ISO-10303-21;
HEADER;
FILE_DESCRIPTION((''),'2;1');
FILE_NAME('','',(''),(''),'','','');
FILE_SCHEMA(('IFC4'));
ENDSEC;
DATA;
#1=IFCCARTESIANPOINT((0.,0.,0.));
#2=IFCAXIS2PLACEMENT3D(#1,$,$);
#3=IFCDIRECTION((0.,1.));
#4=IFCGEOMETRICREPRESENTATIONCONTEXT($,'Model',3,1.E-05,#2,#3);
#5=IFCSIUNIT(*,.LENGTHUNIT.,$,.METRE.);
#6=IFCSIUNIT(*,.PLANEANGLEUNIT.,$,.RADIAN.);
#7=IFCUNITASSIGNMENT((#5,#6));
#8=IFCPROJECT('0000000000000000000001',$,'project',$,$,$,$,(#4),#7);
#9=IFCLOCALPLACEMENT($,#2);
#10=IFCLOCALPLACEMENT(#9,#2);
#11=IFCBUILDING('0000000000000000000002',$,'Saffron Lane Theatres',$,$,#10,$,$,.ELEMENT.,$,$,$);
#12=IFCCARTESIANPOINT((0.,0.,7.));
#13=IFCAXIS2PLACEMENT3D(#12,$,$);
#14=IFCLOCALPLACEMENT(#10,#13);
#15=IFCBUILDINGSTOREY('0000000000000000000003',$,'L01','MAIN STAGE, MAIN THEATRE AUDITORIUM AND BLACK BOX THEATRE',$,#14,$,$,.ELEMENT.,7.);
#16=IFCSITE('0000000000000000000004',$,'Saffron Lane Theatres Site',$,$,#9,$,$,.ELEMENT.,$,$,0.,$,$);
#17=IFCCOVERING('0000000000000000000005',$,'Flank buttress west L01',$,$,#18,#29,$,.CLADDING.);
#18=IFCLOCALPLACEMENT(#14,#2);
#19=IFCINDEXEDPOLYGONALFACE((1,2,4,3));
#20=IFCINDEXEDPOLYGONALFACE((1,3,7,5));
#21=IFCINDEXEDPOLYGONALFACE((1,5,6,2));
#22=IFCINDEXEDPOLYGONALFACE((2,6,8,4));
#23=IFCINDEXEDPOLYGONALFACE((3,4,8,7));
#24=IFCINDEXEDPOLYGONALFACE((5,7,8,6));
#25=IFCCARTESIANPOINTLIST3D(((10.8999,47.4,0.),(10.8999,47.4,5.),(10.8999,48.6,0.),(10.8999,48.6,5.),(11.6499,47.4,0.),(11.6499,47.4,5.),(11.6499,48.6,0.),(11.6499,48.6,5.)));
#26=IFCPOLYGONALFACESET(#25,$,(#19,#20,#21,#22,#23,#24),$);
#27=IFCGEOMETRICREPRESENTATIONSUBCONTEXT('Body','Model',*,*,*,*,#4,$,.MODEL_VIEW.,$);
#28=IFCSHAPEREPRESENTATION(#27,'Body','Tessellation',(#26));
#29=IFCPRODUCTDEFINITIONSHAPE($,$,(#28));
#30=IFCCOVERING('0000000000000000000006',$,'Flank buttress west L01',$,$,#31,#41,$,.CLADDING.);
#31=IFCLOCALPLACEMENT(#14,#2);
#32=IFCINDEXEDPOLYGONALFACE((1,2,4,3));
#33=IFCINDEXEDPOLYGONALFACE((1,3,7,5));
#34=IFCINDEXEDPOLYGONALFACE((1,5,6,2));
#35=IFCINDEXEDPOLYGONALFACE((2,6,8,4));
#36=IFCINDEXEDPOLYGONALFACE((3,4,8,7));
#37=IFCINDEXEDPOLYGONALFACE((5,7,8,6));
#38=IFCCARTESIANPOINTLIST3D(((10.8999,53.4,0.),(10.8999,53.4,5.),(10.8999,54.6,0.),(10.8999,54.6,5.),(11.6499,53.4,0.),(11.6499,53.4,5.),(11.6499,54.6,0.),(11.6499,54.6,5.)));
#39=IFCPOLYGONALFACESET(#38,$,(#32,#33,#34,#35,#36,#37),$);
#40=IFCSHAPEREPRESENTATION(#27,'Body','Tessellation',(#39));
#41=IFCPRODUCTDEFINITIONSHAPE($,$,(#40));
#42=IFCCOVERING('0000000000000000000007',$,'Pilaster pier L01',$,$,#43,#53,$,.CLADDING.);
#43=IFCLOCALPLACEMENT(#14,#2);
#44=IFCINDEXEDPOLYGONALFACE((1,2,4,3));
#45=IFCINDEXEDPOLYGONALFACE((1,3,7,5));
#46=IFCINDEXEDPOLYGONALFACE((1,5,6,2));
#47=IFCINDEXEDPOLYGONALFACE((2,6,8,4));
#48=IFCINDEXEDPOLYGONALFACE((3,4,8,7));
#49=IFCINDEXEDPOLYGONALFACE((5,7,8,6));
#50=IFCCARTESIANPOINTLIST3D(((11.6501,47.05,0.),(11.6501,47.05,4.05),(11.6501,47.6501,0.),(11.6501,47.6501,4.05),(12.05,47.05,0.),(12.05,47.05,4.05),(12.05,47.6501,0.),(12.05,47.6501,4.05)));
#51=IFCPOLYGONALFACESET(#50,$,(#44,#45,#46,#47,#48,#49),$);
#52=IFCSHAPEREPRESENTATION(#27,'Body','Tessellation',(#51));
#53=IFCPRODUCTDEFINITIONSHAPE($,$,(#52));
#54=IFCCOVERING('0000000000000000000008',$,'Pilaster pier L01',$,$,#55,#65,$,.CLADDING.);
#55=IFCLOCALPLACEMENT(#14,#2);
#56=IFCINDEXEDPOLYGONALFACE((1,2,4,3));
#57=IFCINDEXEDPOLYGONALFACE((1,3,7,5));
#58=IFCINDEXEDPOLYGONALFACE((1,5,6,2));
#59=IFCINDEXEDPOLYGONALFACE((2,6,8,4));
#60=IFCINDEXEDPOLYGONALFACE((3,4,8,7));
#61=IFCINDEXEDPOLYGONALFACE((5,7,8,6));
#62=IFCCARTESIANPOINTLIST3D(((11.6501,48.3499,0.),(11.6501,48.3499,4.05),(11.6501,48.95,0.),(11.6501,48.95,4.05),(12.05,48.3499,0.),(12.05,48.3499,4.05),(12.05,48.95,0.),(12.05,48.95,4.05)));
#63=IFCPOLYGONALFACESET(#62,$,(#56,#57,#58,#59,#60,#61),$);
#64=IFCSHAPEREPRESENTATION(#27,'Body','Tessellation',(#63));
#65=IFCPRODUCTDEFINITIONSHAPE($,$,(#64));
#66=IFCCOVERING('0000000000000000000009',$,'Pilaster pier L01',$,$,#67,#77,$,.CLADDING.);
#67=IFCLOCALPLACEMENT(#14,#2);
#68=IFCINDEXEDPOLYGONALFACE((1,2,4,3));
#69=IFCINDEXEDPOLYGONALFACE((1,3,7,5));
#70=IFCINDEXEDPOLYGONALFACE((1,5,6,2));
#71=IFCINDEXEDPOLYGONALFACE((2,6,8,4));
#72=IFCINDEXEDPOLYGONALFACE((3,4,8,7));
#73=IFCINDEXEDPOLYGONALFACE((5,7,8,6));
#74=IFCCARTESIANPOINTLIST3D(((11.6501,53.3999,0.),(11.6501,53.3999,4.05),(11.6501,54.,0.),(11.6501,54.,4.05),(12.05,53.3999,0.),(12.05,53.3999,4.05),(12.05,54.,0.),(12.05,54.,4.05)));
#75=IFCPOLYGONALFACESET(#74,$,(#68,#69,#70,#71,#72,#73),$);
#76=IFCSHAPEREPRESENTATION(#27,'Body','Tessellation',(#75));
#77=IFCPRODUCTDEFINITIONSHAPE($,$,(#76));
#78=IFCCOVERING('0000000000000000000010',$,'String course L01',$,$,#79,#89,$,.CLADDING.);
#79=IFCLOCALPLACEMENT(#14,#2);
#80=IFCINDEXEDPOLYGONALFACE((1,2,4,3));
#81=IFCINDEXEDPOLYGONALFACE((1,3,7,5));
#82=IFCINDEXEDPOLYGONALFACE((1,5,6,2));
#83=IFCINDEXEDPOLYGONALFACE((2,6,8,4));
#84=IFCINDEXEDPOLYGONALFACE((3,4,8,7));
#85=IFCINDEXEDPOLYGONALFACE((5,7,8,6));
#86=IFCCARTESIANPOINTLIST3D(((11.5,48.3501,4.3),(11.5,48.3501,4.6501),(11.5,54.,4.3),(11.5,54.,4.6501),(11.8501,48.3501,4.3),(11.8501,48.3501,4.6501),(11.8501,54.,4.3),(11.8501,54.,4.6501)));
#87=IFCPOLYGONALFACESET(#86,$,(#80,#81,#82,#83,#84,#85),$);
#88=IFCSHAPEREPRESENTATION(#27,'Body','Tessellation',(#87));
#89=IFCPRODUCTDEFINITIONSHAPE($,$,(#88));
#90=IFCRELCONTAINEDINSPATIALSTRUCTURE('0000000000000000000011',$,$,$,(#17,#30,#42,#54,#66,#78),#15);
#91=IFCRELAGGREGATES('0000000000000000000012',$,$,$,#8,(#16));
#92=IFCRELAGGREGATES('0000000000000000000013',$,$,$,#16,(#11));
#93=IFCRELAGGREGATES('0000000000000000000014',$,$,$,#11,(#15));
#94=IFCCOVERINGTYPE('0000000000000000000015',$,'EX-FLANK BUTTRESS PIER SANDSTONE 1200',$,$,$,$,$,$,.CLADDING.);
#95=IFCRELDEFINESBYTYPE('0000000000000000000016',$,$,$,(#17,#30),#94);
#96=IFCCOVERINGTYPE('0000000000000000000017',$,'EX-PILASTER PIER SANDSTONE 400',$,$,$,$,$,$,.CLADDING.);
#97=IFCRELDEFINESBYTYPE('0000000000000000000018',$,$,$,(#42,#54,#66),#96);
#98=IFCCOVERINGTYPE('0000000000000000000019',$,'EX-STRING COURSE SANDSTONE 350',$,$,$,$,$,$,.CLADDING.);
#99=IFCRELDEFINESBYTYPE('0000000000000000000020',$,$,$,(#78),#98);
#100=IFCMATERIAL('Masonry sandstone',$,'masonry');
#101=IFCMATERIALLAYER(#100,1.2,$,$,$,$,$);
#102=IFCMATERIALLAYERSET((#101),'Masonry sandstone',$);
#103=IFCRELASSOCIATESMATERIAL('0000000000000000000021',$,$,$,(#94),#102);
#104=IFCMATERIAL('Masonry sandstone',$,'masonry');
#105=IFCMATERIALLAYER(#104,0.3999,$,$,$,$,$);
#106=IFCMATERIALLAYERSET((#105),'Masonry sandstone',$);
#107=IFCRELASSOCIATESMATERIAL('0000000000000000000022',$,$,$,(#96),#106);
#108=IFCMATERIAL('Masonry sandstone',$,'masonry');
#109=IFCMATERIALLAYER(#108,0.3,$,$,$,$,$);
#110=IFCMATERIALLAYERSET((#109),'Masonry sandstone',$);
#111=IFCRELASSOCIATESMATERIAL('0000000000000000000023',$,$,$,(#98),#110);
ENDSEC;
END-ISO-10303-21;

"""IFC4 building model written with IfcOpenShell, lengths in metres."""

from ifc_helpers import new_model, si_unit, direction, frame, origin, origin_2d, place, context, subcontext, project, spatial, rectangle, extrude, material, layer, layer_set, type_object, element, save


model = new_model("IFC4")

# Units and contexts
model_context = context("Model", 3, precision=1e-05, world=origin(), true_north=direction((0.0, 1.0)))
body_context = subcontext(model_context, "Body", "Model", "MODEL_VIEW")
ifc_project = project(units=[si_unit("LENGTHUNIT", "METRE"), si_unit("PLANEANGLEUNIT", "RADIAN")], contexts=[model_context])

# Site, building, storey
site_placement = place(None, origin())
site = spatial("IfcSite", under=ifc_project, at=site_placement, Name="Saffron Lane Theatres Site", CompositionType="ELEMENT", RefElevation=0.0)
building_placement = place(site_placement, origin())
building = spatial("IfcBuilding", under=site, at=building_placement, Name="Saffron Lane Theatres", CompositionType="ELEMENT")
storey_placement = place(building_placement, frame((0.0, 0.0, 7.0)))
storey = spatial("IfcBuildingStorey", under=building, at=storey_placement, Name="L01", Description="MAIN STAGE, MAIN THEATRE AUDITORIUM AND BLACK BOX THEATRE", CompositionType="ELEMENT", Elevation=7.0)

# Coverings
ifc_material_1 = material(Name="Masonry sandstone", Category="masonry")
ifc_layer_1 = layer(ifc_material_1, 1.2)
ifc_layer_set_1 = layer_set([ifc_layer_1], Name="Masonry sandstone")
covering_type_1 = type_object("IfcCoveringType", Name="EX-FLANK BUTTRESS PIER SANDSTONE 1200", PredefinedType="CLADDING", material=ifc_layer_set_1)
for number, where, z_axis, x_axis, name in (
    (1, (11.2749, 48.0, 0.0), (0.0, 0.0, 1.0), (0.0, 1.0, 0.0), "Flank buttress west L01"),
    (2, (11.2749, 54.0, 0.0), (0.0, 0.0, 1.0), (0.0, 1.0, 0.0), "Flank buttress west L01"),
):
    element("IfcCovering", number, at=place(storey_placement, frame(where, z_axis=z_axis, x_axis=x_axis)), inside=storey, type_object=covering_type_1, Name=name, PredefinedType="CLADDING", context=body_context, shape_type="SweptSolid", body=[
        extrude(rectangle(XDim=1.2, YDim=0.75, at=origin_2d()), origin(), (0.0, 0.0, 1.0), 5.0),
    ])
ifc_material_2 = material(Name="Masonry sandstone", Category="masonry")
ifc_layer_2 = layer(ifc_material_2, 0.3999)
ifc_layer_set_2 = layer_set([ifc_layer_2], Name="Masonry sandstone")
covering_type_2 = type_object("IfcCoveringType", Name="EX-PILASTER PIER SANDSTONE 400", PredefinedType="CLADDING", material=ifc_layer_set_2)
for number, where, z_axis, x_axis, name in (
    (3, (11.8501, 47.3501, 0.0), (0.0, 0.0, 1.0), (0.0, 1.0, 0.0), "Pilaster pier L01"),
    (4, (11.8501, 48.6499, 0.0), (0.0, 0.0, 1.0), (0.0, 1.0, 0.0), "Pilaster pier L01"),
    (5, (11.8501, 53.7, 0.0), (0.0, 0.0, 1.0), (0.0, 1.0, 0.0), "Pilaster pier L01"),
):
    element("IfcCovering", number, at=place(storey_placement, frame(where, z_axis=z_axis, x_axis=x_axis)), inside=storey, type_object=covering_type_2, Name=name, PredefinedType="CLADDING", context=body_context, shape_type="SweptSolid", body=[
        extrude(rectangle(XDim=0.6001, YDim=0.3999, at=origin_2d()), origin(), (0.0, 0.0, 1.0), 4.05),
    ])
ifc_material_3 = material(Name="Masonry sandstone", Category="masonry")
ifc_layer_3 = layer(ifc_material_3, 0.3)
ifc_layer_set_3 = layer_set([ifc_layer_3], Name="Masonry sandstone")
covering_type_3 = type_object("IfcCoveringType", Name="EX-STRING COURSE SANDSTONE 350", PredefinedType="CLADDING", material=ifc_layer_set_3)
covering_placement = place(storey_placement, frame((11.675, 51.175, 4.3), z_axis=(0.0, 0.0, 1.0), x_axis=(0.0, 1.0, 0.0)))
element("IfcCovering", 6, at=covering_placement, inside=storey, type_object=covering_type_3, Name="String course L01", PredefinedType="CLADDING", context=body_context, shape_type="SweptSolid", body=[
    extrude(rectangle(XDim=5.6499, YDim=0.3501, at=origin_2d()), origin(), (0.0, 0.0, 1.0), 0.3501),
])

save(model, "model.ifc")
